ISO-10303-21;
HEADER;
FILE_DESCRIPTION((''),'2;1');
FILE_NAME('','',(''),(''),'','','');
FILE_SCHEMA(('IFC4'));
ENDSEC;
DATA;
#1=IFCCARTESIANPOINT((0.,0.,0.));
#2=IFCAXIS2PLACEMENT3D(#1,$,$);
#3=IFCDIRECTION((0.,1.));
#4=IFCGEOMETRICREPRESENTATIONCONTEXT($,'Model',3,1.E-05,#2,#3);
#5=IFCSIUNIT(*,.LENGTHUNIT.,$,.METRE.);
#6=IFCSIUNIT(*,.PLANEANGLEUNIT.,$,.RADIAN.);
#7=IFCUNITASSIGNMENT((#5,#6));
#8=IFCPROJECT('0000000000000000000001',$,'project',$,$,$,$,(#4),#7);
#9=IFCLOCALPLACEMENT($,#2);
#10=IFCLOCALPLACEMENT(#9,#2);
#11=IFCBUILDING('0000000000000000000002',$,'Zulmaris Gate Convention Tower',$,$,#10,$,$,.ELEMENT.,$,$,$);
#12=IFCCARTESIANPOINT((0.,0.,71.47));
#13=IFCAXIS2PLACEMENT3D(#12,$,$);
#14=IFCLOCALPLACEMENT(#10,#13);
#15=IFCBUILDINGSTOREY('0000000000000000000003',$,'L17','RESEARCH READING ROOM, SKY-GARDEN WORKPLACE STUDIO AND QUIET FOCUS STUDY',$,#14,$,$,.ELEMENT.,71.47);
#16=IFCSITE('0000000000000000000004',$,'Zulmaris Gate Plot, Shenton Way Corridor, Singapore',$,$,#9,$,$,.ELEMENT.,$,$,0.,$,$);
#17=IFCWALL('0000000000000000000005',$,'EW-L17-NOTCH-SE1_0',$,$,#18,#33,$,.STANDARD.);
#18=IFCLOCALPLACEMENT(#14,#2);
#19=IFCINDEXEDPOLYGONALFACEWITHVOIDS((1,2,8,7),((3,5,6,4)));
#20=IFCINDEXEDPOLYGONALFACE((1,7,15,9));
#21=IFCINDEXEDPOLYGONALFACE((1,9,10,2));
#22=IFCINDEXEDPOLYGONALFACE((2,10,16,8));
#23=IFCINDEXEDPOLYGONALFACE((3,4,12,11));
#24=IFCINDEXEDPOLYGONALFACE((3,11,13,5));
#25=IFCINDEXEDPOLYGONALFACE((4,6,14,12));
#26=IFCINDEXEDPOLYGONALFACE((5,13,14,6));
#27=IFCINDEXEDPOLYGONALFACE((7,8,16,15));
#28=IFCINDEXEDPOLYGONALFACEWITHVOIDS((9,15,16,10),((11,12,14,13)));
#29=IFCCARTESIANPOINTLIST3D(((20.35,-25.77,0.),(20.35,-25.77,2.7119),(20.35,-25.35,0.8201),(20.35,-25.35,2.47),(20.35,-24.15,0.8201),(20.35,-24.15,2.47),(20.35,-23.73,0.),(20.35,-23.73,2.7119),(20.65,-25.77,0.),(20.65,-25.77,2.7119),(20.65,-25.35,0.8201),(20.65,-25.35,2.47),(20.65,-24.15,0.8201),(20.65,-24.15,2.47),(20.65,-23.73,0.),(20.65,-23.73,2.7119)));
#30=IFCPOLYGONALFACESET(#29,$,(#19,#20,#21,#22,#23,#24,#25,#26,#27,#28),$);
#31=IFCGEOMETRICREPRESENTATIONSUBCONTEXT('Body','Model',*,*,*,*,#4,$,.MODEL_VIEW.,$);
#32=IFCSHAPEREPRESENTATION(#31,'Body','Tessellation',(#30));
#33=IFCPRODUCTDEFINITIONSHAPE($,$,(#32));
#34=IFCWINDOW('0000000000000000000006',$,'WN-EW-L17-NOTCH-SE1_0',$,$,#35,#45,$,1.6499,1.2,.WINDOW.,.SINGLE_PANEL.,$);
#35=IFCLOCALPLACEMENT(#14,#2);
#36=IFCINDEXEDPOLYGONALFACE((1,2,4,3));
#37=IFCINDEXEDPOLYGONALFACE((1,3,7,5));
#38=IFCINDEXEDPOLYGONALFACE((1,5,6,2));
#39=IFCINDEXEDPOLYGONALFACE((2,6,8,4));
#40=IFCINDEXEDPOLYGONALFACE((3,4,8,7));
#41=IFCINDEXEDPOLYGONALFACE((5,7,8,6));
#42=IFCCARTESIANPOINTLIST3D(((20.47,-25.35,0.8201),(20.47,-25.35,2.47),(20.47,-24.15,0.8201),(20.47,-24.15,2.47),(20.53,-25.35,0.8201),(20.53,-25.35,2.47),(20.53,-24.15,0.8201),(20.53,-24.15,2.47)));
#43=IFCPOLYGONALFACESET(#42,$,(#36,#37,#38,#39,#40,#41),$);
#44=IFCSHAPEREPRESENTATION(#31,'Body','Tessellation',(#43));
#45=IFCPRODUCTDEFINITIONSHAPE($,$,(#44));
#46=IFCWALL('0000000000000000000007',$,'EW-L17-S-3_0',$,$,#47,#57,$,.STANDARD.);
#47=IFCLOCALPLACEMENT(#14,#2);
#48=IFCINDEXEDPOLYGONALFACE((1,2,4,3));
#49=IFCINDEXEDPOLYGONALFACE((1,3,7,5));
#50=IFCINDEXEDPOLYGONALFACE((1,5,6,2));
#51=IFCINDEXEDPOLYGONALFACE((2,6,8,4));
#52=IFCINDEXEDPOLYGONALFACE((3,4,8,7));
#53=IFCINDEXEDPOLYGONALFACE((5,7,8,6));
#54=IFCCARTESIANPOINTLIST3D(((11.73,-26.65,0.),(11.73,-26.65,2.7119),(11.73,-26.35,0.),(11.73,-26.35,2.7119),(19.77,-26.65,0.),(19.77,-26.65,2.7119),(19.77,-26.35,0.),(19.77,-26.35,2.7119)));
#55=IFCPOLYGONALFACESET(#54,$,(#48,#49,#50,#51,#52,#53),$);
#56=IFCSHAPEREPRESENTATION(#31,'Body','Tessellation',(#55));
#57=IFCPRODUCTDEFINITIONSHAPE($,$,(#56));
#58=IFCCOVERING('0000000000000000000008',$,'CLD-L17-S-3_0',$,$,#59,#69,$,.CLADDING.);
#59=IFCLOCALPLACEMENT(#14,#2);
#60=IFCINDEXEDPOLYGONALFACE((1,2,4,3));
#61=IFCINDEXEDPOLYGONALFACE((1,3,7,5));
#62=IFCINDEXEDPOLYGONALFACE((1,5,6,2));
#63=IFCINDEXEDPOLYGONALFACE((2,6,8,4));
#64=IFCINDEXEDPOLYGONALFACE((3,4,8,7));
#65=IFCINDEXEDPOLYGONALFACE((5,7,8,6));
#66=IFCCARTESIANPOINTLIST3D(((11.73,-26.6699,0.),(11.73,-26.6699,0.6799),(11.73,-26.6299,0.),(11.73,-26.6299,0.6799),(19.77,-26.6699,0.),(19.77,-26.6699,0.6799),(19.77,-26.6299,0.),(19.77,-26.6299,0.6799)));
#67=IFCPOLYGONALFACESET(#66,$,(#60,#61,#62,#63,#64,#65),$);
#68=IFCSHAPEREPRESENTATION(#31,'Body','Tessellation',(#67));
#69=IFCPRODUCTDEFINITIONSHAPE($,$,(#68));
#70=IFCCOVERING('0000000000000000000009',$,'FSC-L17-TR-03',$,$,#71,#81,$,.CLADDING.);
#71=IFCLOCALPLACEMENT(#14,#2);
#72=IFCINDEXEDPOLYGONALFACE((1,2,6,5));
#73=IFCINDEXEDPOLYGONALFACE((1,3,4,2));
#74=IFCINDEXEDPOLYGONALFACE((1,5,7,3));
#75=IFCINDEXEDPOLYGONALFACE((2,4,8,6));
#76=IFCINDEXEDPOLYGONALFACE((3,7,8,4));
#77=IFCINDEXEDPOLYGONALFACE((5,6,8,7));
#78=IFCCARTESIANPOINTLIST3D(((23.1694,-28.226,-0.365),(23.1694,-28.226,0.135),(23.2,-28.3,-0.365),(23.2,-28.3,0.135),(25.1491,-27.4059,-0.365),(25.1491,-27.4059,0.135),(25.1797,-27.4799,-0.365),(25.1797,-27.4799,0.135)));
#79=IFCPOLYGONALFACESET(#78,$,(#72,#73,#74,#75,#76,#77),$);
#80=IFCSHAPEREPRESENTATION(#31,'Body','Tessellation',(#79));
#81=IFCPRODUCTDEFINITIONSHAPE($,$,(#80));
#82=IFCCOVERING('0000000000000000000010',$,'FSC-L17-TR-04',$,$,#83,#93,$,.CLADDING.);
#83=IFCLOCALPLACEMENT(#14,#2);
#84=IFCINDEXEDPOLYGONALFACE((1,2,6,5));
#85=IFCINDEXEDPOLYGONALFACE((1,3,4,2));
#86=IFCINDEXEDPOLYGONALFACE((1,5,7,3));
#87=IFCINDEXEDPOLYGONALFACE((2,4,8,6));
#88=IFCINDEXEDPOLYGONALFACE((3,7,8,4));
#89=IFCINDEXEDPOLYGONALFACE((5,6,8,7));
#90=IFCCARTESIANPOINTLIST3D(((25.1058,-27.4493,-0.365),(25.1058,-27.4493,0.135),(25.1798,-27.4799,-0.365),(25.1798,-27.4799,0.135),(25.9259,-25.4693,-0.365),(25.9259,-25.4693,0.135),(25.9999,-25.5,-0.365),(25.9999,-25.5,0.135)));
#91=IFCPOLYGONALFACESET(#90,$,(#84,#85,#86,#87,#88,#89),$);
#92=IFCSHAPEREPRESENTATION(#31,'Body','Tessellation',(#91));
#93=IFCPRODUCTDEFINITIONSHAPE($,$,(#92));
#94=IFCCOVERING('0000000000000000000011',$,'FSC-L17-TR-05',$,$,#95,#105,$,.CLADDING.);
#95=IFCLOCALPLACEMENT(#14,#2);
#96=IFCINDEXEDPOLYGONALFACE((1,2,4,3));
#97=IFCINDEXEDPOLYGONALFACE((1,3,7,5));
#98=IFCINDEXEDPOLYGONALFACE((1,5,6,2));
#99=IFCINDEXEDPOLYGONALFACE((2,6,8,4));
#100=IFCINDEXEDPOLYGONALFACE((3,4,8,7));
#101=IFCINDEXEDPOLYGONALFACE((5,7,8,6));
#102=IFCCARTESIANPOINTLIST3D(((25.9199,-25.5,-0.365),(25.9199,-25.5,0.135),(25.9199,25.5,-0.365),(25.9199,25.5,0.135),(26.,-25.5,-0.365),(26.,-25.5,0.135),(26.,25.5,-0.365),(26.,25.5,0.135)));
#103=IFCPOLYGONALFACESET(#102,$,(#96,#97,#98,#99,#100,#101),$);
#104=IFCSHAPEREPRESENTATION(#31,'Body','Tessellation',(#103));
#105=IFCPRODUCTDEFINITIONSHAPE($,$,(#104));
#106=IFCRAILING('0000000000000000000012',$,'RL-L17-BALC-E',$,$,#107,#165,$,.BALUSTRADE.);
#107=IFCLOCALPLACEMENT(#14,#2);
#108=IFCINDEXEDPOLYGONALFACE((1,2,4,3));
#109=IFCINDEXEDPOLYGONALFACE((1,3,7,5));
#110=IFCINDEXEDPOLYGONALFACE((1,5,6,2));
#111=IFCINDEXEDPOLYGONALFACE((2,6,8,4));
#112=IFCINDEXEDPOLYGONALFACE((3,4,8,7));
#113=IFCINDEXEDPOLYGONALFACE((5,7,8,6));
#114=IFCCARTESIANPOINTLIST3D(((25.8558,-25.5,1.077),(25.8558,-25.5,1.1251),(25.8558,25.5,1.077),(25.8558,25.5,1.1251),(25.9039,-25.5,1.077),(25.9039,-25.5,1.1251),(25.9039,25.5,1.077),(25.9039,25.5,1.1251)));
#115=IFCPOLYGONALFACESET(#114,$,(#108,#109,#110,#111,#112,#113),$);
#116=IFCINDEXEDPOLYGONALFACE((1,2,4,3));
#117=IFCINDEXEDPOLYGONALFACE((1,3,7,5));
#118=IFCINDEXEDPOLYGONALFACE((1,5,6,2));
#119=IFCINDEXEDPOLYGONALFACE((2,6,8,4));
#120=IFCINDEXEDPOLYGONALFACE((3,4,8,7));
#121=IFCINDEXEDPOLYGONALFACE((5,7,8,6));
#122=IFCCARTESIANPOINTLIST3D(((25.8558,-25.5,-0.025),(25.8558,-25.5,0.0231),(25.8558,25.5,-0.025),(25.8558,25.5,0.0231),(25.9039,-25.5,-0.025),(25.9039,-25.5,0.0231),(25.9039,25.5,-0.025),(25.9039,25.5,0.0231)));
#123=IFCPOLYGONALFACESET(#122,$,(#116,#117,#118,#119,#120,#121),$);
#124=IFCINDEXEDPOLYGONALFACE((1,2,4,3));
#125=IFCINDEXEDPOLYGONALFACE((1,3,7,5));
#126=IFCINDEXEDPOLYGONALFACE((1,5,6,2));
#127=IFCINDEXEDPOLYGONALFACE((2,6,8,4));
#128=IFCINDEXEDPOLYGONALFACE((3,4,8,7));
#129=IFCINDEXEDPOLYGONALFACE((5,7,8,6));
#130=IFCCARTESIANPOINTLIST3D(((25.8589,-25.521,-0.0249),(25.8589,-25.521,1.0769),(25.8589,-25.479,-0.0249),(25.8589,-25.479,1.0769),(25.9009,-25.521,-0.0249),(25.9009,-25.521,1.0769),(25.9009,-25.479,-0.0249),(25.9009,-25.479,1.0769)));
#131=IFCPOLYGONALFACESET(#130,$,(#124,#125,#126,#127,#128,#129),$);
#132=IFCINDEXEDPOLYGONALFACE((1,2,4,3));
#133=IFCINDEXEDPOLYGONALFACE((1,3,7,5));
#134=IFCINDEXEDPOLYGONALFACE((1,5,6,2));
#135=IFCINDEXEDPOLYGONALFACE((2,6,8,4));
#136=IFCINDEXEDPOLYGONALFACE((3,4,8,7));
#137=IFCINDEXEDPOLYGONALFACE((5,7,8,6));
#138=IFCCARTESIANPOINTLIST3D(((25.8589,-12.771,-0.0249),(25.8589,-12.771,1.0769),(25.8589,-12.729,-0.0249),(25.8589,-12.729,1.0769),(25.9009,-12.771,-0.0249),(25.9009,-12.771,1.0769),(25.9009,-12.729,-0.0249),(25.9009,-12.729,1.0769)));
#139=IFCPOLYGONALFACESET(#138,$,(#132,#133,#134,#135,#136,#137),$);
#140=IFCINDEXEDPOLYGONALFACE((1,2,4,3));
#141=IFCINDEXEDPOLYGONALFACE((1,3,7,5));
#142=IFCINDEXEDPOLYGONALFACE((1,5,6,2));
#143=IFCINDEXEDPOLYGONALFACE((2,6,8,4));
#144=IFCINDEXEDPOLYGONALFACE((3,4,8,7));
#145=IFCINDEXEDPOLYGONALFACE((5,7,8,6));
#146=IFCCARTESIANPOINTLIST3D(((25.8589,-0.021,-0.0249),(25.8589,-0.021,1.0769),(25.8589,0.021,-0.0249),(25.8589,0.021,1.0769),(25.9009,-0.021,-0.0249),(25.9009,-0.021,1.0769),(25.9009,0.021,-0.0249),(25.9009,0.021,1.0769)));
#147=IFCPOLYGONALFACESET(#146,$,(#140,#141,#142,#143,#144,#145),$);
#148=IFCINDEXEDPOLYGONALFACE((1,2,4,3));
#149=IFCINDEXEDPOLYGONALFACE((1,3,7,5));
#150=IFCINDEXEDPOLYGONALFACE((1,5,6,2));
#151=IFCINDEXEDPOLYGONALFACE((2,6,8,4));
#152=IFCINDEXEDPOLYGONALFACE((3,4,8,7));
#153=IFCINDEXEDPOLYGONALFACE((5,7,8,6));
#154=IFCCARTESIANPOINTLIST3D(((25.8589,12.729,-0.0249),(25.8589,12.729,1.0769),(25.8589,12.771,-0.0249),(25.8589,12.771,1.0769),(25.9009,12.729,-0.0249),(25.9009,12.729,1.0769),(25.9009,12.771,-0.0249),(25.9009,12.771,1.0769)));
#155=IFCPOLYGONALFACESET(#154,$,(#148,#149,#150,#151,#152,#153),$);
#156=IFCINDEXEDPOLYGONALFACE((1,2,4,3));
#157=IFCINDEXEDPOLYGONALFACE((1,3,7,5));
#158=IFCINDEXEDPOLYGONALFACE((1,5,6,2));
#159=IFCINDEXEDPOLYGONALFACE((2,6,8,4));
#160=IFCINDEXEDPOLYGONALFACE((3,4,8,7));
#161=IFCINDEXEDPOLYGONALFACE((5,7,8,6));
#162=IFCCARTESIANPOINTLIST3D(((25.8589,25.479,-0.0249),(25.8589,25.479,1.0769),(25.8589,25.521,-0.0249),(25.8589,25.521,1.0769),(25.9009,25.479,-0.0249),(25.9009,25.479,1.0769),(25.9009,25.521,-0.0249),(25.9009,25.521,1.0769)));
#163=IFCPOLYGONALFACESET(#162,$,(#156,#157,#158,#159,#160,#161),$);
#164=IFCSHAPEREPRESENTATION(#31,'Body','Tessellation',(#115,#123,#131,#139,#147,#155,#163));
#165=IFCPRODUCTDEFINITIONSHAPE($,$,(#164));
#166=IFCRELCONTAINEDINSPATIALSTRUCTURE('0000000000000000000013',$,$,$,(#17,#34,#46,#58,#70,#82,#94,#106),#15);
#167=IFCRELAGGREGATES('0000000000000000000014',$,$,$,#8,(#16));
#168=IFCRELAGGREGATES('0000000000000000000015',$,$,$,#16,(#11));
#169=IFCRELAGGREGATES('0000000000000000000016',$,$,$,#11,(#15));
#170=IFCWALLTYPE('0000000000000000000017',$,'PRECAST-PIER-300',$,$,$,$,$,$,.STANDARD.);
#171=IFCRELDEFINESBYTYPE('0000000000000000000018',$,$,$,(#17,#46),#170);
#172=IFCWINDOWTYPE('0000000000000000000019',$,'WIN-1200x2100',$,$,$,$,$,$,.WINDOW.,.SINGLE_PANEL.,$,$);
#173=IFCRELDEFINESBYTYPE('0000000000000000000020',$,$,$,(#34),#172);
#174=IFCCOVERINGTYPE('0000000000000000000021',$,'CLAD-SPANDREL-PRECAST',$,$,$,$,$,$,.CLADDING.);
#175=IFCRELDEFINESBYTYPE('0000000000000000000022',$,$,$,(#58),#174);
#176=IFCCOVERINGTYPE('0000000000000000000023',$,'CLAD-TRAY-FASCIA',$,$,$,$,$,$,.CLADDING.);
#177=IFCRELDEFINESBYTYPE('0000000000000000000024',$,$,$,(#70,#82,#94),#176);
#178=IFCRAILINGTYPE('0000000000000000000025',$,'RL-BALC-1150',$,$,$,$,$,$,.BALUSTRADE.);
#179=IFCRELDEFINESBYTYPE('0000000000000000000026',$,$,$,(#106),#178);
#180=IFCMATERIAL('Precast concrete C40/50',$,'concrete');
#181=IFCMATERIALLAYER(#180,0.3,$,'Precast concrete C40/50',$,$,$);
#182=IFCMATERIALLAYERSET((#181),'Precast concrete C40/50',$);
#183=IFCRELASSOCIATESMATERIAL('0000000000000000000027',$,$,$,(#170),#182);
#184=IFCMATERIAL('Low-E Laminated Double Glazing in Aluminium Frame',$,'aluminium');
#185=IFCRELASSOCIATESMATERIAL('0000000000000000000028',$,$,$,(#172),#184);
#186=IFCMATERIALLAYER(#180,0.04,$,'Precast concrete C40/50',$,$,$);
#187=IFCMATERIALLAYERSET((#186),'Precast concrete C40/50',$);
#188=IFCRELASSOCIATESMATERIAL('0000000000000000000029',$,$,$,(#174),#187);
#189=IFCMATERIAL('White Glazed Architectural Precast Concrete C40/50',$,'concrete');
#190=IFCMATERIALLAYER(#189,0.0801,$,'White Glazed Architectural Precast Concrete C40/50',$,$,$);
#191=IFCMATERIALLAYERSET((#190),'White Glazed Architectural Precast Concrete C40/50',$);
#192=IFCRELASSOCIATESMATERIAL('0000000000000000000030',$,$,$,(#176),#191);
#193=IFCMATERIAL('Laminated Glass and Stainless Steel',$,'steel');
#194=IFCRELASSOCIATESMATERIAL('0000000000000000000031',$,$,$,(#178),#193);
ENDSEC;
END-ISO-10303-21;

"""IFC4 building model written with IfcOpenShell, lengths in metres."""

from ifc_helpers import new_model, si_unit, direction, frame, frame_2d, origin, origin_2d, place, context, subcontext, project, spatial, rectangle, extrude, material, layer, layer_set, type_object, element, fill, save


model = new_model("IFC4")

# Units and contexts
model_context = context("Model", 3, precision=1e-05, world=origin(), true_north=direction((0.0, 1.0)))
body_context = subcontext(model_context, "Body", "Model", "MODEL_VIEW")
ifc_project = project(units=[si_unit("LENGTHUNIT", "METRE"), si_unit("PLANEANGLEUNIT", "RADIAN")], contexts=[model_context])

# Site, building, storey
site_placement = place(None, origin())
site = spatial("IfcSite", under=ifc_project, at=site_placement, Name="Zulmaris Gate Plot, Shenton Way Corridor, Singapore", CompositionType="ELEMENT", RefElevation=0.0)
building_placement = place(site_placement, origin())
building = spatial("IfcBuilding", under=site, at=building_placement, Name="Zulmaris Gate Convention Tower", CompositionType="ELEMENT")
storey_placement = place(building_placement, frame((0.0, 0.0, 71.47)))
storey = spatial("IfcBuildingStorey", under=building, at=storey_placement, Name="L17", Description="RESEARCH READING ROOM, SKY-GARDEN WORKPLACE STUDIO AND QUIET FOCUS STUDY", CompositionType="ELEMENT", Elevation=71.47)

# Wall, opening, window
ifc_material_1 = material(Name="Precast concrete C40/50", Category="concrete")
ifc_layer_1 = layer(ifc_material_1, 0.3, Name="Precast concrete C40/50")
ifc_layer_set_1 = layer_set([ifc_layer_1], Name="Precast concrete C40/50")
wall_type = type_object("IfcWallType", Name="PRECAST-PIER-300", PredefinedType="STANDARD", material=ifc_layer_set_1)
wall_1_placement = place(storey_placement, frame((20.5, -25.77, 0.0), z_axis=(0.0, 0.0, 1.0), x_axis=(0.0, 1.0, 0.0)))
wall_1 = element("IfcWall", 1, at=wall_1_placement, inside=storey, type_object=wall_type, Name="EW-L17-NOTCH-SE1_0", PredefinedType="STANDARD", context=body_context, shape_type="SweptSolid", body=[
    extrude(rectangle(XDim=2.04, YDim=0.3, at=frame_2d((1.02, 0.0))), origin(), (0.0, 0.0, 1.0), 2.7119),
])
opening_placement = place(wall_1_placement, frame((0.4199, 0.0, 0.8201)))
opening = element("IfcOpeningElement", 2, at=opening_placement, cuts=wall_1, PredefinedType="OPENING", context=body_context, shape_type="SweptSolid", body=[
    extrude(rectangle(XDim=1.2, YDim=1.6499, at=frame_2d((0.6001, 0.825))), frame((0.0, 0.1602, 0.0), z_axis=(0.0, -1.0, 0.0), x_axis=(1.0, 0.0, 0.0)), (0.0, 0.0, 1.0), 0.3201),
])
ifc_material_2 = material(Name="Low-E Laminated Double Glazing in Aluminium Frame", Category="aluminium")
window_type = type_object("IfcWindowType", Name="WIN-1200x2100", PartitioningType="SINGLE_PANEL", PredefinedType="WINDOW", material=ifc_material_2)
window_placement = place(opening_placement, origin())
window = element("IfcWindow", 3, at=window_placement, inside=storey, type_object=window_type, Name="WN-EW-L17-NOTCH-SE1_0", OverallHeight=1.6499, OverallWidth=1.2, PartitioningType="SINGLE_PANEL", PredefinedType="WINDOW", context=body_context, shape_type="SweptSolid", body=[
    extrude(rectangle(XDim=1.2, YDim=1.6499, at=frame_2d((0.6001, 0.825))), frame((0.0, 0.03, 0.0), z_axis=(0.0, -1.0, 0.0), x_axis=(1.0, 0.0, 0.0)), (0.0, 0.0, 1.0), 0.0601),
])
fill(opening, window)

# Wall
wall_2_placement = place(storey_placement, frame((11.73, -26.5, 0.0), z_axis=(0.0, 0.0, 1.0), x_axis=(1.0, 0.0, 0.0)))
element("IfcWall", 4, at=wall_2_placement, inside=storey, type_object=wall_type, Name="EW-L17-S-3_0", PredefinedType="STANDARD", context=body_context, shape_type="SweptSolid", body=[
    extrude(rectangle(XDim=8.04, YDim=0.3, at=frame_2d((4.02, 0.0))), origin(), (0.0, 0.0, 1.0), 2.7119),
])

# Coverings
ifc_layer_2 = layer(ifc_material_1, 0.04, Name="Precast concrete C40/50")
ifc_layer_set_2 = layer_set([ifc_layer_2], Name="Precast concrete C40/50")
covering_type_1 = type_object("IfcCoveringType", Name="CLAD-SPANDREL-PRECAST", PredefinedType="CLADDING", material=ifc_layer_set_2)
covering_1_placement = place(storey_placement, frame((11.73, -26.6499, 0.0), z_axis=(0.0, 0.0, 1.0), x_axis=(1.0, 0.0, 0.0)))
element("IfcCovering", 5, at=covering_1_placement, inside=storey, type_object=covering_type_1, Name="CLD-L17-S-3_0", PredefinedType="CLADDING", context=body_context, shape_type="SweptSolid", body=[
    extrude(rectangle(XDim=8.04, YDim=0.04, at=frame_2d((4.02, 0.0))), origin(), (0.0, 0.0, 1.0), 0.6799),
])
ifc_material_3 = material(Name="White Glazed Architectural Precast Concrete C40/50", Category="concrete")
ifc_layer_3 = layer(ifc_material_3, 0.0801, Name="White Glazed Architectural Precast Concrete C40/50")
ifc_layer_set_3 = layer_set([ifc_layer_3], Name="White Glazed Architectural Precast Concrete C40/50")
covering_type_2 = type_object("IfcCoveringType", Name="CLAD-TRAY-FASCIA", PredefinedType="CLADDING", material=ifc_layer_set_3)
covering_2_placement = place(storey_placement, frame((23.1848, -28.2629, -0.365), z_axis=(0.0, 0.0, 1.0), x_axis=(0.923874, 0.382697, 0.0)))
element("IfcCovering", 6, at=covering_2_placement, inside=storey, type_object=covering_type_2, Name="FSC-L17-TR-03", PredefinedType="CLADDING", context=body_context, shape_type="SweptSolid", body=[
    extrude(rectangle(XDim=2.1428, YDim=0.0801, at=frame_2d((1.0713, 0.0))), origin(), (0.0, 0.0, 1.0), 0.5),
])
covering_3_placement = place(storey_placement, frame((25.1428, -27.4646, -0.365), z_axis=(0.0, 0.0, 1.0), x_axis=(0.382657, 0.92389, 0.0)))
element("IfcCovering", 7, at=covering_3_placement, inside=storey, type_object=covering_type_2, Name="FSC-L17-TR-04", PredefinedType="CLADDING", context=body_context, shape_type="SweptSolid", body=[
    extrude(rectangle(XDim=2.1431, YDim=0.0801, at=frame_2d((1.0715, 0.0))), origin(), (0.0, 0.0, 1.0), 0.5),
])
covering_4_placement = place(storey_placement, frame((25.96, -25.5, -0.365), z_axis=(0.0, 0.0, 1.0), x_axis=(0.0, 1.0, 0.0)))
element("IfcCovering", 8, at=covering_4_placement, inside=storey, type_object=covering_type_2, Name="FSC-L17-TR-05", PredefinedType="CLADDING", context=body_context, shape_type="SweptSolid", body=[
    extrude(rectangle(XDim=51.0, YDim=0.0801, at=frame_2d((25.5, 0.0))), origin(), (0.0, 0.0, 1.0), 0.5),
])

# Railing
ifc_material_4 = material(Name="Laminated Glass and Stainless Steel", Category="steel")
railing_type = type_object("IfcRailingType", Name="RL-BALC-1150", PredefinedType="BALUSTRADE", material=ifc_material_4)
railing_placement = place(storey_placement, frame((25.8799, -25.5, -0.0249)))
element("IfcRailing", 9, at=railing_placement, inside=storey, type_object=railing_type, Name="RL-L17-BALC-E", PredefinedType="BALUSTRADE", context=body_context, shape_type="SweptSolid", body=[
    extrude(rectangle(XDim=0.0481, YDim=0.0481, at=origin_2d()), frame((0.0, 0.0, 1.126), z_axis=(0.0, 1.0, 0.0), x_axis=(-1.0, 0.0, 0.0)), (0.0, 0.0, 1.0), 51.0),
    extrude(rectangle(XDim=0.0481, YDim=0.0481, at=origin_2d()), frame((0.0, 0.0, 0.0239), z_axis=(0.0, 1.0, 0.0), x_axis=(-1.0, 0.0, 0.0)), (0.0, 0.0, 1.0), 51.0),
    extrude(rectangle(XDim=0.042, YDim=0.042, at=origin_2d()), origin(), (0.0, 0.0, 1.0), 1.1018),
    extrude(rectangle(XDim=0.042, YDim=0.042, at=origin_2d()), frame((0.0, 12.75, 0.0)), (0.0, 0.0, 1.0), 1.1018),
    extrude(rectangle(XDim=0.042, YDim=0.042, at=origin_2d()), frame((0.0, 25.5, 0.0)), (0.0, 0.0, 1.0), 1.1018),
    extrude(rectangle(XDim=0.042, YDim=0.042, at=origin_2d()), frame((0.0, 38.25, 0.0)), (0.0, 0.0, 1.0), 1.1018),
    extrude(rectangle(XDim=0.042, YDim=0.042, at=origin_2d()), frame((0.0, 51.0, 0.0)), (0.0, 0.0, 1.0), 1.1018),
])

save(model, "model.ifc")
